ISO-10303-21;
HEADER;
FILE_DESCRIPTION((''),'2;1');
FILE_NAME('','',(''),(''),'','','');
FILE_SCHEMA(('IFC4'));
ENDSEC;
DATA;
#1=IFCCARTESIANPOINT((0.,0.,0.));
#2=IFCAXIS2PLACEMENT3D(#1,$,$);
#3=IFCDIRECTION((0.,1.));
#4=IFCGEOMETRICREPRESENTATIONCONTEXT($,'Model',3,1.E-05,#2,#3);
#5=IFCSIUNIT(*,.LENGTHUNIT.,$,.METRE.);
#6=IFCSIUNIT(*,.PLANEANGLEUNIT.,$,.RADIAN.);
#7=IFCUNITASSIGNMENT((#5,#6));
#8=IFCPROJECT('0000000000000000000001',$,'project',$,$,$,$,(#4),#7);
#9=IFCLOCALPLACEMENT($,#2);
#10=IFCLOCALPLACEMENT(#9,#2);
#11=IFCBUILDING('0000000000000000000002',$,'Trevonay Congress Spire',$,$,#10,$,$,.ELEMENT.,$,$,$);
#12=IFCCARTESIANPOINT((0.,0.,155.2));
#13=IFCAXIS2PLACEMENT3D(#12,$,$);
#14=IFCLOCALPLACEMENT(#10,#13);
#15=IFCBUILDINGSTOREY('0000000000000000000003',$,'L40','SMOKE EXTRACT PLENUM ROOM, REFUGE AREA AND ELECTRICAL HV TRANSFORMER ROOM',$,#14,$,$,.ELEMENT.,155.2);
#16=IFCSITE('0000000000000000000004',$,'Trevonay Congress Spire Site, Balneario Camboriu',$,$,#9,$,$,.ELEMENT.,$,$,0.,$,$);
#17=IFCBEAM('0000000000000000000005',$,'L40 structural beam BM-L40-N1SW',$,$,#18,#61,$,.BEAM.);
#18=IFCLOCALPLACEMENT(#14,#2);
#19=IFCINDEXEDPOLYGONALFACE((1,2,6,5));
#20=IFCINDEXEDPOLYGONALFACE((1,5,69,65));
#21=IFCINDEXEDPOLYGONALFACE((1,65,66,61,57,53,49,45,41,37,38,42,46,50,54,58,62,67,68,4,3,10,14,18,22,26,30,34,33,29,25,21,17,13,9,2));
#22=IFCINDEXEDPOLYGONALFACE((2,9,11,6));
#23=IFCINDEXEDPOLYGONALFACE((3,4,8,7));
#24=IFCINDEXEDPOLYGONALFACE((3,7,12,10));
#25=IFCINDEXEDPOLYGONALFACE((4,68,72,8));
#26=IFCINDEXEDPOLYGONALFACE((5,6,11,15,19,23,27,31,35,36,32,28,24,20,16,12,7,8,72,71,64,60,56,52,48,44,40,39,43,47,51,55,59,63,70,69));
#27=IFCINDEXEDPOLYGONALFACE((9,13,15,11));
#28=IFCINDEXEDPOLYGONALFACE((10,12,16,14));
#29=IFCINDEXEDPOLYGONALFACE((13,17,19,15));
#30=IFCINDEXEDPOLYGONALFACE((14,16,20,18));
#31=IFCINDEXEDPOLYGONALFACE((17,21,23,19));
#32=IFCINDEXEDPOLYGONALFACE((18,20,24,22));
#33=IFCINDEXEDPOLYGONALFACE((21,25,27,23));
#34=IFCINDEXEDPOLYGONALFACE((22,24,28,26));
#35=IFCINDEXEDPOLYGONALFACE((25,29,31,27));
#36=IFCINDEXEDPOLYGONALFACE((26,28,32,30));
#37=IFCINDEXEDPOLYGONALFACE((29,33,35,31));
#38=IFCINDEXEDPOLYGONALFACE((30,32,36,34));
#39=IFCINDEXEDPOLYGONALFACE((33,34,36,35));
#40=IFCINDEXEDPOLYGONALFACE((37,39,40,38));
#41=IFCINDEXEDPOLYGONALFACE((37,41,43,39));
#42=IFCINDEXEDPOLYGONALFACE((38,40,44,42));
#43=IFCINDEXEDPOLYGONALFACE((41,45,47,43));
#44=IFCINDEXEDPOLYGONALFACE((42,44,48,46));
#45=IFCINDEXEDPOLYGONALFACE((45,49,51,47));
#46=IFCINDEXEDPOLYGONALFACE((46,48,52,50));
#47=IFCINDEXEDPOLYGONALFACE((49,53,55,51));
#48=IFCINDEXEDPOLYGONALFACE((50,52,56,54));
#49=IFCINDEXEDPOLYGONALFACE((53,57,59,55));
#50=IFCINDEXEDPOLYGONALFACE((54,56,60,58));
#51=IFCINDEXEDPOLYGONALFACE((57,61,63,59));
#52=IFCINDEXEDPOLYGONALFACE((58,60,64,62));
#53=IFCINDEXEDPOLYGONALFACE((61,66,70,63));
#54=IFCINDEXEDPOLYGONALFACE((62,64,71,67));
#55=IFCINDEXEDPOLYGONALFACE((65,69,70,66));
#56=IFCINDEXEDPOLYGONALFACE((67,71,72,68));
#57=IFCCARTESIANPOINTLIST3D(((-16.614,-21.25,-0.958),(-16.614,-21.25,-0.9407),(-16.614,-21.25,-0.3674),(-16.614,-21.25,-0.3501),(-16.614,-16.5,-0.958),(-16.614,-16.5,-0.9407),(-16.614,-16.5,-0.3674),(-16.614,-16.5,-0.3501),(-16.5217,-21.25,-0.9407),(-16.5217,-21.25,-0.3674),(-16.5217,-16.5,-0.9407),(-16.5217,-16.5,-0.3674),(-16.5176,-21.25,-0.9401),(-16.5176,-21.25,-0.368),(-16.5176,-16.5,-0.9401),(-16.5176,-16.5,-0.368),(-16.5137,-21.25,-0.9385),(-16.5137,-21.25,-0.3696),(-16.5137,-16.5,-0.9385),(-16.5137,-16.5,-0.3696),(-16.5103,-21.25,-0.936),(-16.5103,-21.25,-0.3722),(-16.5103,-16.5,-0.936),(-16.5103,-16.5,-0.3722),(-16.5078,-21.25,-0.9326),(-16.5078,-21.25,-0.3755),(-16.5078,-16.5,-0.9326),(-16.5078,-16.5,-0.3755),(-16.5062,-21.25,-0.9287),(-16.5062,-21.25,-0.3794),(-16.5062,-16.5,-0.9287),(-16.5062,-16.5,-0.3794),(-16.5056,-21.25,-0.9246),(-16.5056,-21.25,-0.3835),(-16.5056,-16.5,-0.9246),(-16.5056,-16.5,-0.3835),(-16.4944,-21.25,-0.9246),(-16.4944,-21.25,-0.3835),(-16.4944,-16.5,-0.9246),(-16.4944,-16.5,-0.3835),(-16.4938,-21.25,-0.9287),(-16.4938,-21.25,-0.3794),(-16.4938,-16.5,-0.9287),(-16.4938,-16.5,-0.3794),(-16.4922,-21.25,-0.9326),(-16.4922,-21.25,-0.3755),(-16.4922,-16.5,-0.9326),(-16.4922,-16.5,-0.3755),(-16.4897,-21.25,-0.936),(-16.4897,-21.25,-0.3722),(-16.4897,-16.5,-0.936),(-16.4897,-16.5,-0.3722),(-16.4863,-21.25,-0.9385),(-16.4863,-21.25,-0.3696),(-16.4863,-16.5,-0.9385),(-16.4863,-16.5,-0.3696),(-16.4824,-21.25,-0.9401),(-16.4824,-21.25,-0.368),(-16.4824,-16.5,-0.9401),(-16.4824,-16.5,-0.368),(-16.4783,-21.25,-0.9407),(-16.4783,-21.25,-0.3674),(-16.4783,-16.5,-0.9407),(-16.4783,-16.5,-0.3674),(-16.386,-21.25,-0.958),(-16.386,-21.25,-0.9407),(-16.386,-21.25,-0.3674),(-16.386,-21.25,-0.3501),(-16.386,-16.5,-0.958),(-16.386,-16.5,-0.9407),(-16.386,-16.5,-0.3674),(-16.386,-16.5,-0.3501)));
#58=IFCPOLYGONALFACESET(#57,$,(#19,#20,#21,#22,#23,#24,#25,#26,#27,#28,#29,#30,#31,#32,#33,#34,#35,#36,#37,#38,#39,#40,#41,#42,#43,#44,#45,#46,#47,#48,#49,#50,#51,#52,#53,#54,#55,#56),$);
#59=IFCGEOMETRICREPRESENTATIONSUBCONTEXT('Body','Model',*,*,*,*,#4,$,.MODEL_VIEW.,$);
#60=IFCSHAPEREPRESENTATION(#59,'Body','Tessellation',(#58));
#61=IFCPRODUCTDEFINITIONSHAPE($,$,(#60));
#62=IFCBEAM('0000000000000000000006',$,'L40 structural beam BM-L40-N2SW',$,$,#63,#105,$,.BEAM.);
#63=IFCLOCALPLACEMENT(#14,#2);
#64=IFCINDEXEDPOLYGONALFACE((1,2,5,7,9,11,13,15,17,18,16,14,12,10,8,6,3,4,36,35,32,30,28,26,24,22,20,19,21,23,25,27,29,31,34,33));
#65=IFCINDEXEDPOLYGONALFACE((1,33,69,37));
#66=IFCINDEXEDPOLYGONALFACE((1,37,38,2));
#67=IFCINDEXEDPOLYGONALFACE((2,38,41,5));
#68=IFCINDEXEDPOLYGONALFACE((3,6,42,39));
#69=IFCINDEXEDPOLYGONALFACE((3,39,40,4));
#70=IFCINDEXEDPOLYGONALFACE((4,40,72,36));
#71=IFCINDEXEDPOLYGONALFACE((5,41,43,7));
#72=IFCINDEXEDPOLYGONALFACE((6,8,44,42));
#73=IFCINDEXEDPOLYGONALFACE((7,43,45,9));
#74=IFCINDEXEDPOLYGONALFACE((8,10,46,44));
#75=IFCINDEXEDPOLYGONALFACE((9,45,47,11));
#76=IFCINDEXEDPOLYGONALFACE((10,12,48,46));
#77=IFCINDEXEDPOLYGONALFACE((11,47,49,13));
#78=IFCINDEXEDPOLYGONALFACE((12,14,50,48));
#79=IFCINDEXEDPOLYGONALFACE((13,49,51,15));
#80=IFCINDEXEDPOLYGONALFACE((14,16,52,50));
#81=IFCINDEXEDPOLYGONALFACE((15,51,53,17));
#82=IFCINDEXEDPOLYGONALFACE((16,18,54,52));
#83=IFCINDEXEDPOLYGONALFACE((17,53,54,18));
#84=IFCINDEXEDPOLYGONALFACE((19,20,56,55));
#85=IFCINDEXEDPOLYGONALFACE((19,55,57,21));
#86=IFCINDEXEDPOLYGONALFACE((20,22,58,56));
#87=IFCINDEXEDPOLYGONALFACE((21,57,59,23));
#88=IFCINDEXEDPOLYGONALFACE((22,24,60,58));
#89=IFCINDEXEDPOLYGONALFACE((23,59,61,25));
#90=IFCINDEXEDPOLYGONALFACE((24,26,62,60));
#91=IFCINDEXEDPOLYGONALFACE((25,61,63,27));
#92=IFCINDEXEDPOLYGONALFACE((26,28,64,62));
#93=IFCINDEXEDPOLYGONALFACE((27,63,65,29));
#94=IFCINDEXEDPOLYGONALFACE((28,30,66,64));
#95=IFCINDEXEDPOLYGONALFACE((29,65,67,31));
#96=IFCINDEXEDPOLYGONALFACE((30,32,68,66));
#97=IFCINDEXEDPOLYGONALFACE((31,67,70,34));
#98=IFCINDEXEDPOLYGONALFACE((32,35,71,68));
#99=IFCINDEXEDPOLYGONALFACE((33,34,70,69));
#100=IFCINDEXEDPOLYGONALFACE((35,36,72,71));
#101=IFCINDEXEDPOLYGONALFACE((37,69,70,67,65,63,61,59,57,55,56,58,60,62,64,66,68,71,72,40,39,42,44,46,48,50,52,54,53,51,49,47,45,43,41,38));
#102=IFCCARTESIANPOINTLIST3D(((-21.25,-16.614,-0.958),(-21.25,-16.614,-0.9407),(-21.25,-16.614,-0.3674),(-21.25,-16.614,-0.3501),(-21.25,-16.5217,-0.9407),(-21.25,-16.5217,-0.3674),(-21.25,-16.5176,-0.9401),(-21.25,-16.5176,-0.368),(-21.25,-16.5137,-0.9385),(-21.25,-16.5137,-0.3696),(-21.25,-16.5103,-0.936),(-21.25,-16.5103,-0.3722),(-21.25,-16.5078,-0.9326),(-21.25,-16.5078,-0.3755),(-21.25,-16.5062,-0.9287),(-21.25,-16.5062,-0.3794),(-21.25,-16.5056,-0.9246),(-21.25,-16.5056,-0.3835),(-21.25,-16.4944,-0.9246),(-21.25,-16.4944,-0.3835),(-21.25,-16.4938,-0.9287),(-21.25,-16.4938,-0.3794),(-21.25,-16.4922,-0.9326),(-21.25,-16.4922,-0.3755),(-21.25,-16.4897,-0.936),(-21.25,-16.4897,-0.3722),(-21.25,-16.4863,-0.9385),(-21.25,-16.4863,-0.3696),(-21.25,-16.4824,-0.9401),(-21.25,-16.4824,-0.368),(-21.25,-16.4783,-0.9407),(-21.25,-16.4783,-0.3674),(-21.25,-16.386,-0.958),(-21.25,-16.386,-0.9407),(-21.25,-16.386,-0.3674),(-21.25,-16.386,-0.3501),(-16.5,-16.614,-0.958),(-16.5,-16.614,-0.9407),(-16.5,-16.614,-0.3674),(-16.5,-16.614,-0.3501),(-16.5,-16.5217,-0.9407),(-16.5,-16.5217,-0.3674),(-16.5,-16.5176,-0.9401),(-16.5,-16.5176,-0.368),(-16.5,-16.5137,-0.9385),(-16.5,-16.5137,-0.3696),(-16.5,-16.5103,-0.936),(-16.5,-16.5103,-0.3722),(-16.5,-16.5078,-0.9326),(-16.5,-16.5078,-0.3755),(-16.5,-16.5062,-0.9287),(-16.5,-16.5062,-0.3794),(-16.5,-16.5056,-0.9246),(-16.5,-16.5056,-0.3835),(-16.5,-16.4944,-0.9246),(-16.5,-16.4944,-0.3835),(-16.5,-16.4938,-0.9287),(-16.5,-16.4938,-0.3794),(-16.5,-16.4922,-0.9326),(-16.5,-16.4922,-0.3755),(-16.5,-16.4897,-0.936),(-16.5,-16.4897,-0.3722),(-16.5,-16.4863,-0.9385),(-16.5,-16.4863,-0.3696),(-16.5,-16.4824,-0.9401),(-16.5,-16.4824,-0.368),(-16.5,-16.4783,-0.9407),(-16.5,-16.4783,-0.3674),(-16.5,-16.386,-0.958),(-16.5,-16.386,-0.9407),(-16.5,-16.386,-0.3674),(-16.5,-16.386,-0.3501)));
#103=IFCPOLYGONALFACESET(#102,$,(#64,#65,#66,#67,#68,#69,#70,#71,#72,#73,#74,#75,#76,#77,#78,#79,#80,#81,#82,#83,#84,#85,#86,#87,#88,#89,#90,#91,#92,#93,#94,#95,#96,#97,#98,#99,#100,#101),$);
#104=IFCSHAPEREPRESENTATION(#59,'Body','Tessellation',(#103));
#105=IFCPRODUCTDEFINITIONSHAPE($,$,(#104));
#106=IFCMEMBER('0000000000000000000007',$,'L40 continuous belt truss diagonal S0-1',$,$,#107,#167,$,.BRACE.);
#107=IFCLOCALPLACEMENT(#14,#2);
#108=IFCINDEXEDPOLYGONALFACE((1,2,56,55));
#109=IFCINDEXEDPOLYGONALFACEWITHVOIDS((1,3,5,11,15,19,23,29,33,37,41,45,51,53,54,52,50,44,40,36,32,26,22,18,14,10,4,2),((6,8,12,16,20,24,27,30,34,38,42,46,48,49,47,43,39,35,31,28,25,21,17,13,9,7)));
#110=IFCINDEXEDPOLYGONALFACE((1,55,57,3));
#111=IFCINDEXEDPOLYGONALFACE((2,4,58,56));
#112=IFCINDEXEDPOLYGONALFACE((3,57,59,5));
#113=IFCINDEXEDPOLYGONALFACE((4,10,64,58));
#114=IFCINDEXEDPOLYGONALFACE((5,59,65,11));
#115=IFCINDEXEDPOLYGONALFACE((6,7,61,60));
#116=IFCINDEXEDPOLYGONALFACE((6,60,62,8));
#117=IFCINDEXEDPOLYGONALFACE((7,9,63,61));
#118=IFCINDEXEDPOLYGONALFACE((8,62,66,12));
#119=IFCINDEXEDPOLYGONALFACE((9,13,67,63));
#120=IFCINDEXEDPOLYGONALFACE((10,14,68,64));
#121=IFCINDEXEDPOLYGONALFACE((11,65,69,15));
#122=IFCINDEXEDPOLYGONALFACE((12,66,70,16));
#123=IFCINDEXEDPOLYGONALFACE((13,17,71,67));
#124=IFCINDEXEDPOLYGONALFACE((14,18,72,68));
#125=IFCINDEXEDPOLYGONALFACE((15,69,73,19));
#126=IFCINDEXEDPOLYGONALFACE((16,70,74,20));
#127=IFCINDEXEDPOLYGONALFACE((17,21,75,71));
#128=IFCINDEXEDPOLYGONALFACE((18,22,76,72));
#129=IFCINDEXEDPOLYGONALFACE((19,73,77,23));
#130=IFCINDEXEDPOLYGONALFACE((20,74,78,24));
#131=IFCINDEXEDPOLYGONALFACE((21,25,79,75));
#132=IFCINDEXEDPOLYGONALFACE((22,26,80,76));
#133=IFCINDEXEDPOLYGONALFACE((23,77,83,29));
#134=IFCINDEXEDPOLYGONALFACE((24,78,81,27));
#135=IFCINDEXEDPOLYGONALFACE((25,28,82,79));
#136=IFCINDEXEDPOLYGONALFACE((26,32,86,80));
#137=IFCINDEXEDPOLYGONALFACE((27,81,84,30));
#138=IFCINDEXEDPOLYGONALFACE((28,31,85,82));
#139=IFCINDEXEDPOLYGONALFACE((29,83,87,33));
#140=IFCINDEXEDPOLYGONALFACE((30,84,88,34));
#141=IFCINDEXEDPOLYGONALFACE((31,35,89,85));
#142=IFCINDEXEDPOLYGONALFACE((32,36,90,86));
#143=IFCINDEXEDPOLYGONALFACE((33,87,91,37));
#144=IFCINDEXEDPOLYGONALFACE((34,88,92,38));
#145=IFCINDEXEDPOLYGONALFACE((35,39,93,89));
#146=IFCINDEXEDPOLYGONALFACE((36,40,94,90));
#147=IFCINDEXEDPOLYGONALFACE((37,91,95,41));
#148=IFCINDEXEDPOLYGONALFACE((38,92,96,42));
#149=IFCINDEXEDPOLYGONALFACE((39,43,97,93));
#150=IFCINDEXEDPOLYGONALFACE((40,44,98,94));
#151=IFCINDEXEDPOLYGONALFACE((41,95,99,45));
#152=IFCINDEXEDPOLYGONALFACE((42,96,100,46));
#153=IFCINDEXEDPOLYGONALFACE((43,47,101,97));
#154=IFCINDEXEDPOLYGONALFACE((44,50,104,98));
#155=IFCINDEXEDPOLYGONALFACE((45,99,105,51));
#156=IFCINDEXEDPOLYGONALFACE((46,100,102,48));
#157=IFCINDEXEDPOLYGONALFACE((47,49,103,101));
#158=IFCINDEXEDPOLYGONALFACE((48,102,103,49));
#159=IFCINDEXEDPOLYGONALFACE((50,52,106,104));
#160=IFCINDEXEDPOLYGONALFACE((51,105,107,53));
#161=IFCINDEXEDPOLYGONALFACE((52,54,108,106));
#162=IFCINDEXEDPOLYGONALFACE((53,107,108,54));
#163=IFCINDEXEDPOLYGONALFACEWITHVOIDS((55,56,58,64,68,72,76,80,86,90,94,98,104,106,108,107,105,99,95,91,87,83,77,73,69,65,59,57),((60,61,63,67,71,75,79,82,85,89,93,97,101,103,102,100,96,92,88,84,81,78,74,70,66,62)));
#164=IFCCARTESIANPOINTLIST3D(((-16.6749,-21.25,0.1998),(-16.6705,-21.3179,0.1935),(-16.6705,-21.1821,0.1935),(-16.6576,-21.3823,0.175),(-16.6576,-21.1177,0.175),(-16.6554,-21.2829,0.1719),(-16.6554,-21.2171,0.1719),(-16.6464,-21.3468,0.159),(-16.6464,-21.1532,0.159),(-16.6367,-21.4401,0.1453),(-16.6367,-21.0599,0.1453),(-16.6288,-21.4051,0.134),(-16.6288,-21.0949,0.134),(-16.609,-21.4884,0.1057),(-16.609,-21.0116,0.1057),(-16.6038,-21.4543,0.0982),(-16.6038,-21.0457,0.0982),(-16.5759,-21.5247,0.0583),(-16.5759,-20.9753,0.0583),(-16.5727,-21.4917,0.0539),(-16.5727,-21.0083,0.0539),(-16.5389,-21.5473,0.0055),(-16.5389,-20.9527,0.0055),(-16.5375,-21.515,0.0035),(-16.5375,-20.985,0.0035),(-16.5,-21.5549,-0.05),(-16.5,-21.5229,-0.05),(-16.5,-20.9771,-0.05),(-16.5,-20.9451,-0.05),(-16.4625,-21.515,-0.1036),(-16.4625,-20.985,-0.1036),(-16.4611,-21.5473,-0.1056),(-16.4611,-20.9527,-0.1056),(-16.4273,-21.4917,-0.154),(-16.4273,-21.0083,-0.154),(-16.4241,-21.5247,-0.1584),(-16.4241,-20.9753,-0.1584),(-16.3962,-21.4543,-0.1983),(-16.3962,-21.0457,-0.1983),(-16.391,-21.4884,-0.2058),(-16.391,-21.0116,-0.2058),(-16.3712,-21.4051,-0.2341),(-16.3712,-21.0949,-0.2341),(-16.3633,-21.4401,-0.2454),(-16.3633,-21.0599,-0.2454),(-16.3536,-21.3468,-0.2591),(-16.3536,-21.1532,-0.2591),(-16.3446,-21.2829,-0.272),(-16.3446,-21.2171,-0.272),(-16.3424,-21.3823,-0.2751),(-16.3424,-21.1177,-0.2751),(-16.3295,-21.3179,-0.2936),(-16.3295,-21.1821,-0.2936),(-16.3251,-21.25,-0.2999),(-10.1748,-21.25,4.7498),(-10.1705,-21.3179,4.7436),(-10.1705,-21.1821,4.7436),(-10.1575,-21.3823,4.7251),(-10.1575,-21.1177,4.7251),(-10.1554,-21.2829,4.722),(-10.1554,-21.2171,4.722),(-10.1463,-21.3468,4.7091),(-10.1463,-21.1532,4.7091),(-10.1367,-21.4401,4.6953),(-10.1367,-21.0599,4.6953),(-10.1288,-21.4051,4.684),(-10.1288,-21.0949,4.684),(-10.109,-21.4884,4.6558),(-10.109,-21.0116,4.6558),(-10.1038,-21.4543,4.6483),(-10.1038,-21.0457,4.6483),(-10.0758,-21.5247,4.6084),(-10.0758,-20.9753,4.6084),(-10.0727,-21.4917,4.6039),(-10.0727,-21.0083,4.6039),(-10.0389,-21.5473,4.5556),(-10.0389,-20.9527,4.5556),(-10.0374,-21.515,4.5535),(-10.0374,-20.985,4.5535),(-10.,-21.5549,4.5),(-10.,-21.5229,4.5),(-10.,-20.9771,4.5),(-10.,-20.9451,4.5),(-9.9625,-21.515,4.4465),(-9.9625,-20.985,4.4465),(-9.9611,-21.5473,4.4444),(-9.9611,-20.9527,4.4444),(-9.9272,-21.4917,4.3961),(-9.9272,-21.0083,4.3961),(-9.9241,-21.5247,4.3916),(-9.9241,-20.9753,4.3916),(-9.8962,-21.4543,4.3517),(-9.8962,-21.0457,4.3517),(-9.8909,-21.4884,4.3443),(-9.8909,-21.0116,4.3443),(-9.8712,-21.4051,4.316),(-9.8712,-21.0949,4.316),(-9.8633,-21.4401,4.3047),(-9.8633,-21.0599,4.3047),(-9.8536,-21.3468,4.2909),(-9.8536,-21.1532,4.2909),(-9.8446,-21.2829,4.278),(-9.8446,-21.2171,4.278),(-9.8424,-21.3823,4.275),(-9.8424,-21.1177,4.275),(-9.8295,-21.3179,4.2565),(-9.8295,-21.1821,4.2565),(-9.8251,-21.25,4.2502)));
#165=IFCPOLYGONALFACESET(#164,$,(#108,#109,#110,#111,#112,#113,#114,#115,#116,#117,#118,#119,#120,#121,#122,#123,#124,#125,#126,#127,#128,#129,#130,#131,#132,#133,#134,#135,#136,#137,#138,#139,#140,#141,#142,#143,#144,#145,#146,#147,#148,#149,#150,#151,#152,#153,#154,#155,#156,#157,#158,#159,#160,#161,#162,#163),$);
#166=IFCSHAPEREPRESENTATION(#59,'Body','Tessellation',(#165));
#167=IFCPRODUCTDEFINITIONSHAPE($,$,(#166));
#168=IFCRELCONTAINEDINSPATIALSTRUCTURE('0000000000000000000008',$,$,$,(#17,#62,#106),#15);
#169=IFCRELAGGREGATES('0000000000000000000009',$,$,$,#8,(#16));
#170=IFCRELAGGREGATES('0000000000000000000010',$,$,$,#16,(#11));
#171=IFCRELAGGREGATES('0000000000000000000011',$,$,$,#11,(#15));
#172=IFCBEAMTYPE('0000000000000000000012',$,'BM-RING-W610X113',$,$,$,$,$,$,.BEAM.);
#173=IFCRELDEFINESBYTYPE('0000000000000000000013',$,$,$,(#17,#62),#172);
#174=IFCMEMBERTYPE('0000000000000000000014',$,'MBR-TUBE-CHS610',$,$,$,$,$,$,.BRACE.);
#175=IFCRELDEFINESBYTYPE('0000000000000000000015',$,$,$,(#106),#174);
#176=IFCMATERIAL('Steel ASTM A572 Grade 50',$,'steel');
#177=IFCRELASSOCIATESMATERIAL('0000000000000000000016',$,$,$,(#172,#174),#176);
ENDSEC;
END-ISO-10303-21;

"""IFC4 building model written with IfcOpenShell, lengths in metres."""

from ifc_helpers import new_model, si_unit, direction, frame, origin, origin_2d, place, context, subcontext, project, spatial, hollow_circle, i_section, extrude, material, material_profile, profile_set, type_object, element, save


model = new_model("IFC4")

# Units and contexts
model_context = context("Model", 3, precision=1e-05, world=origin(), true_north=direction((0.0, 1.0)))
body_context = subcontext(model_context, "Body", "Model", "MODEL_VIEW")
ifc_project = project(units=[si_unit("LENGTHUNIT", "METRE"), si_unit("PLANEANGLEUNIT", "RADIAN")], contexts=[model_context])

# Site, building, storey
site_placement = place(None, origin())
site = spatial("IfcSite", under=ifc_project, at=site_placement, Name="Trevonay Congress Spire Site, Balneario Camboriu", CompositionType="ELEMENT", RefElevation=0.0)
building_placement = place(site_placement, origin())
building = spatial("IfcBuilding", under=site, at=building_placement, Name="Trevonay Congress Spire", CompositionType="ELEMENT")
storey_placement = place(building_placement, frame((0.0, 0.0, 155.2)))
storey = spatial("IfcBuildingStorey", under=building, at=storey_placement, Name="L40", Description="SMOKE EXTRACT PLENUM ROOM, REFUGE AREA AND ELECTRICAL HV TRANSFORMER ROOM", CompositionType="ELEMENT", Elevation=155.2)

# Shared definitions
ifc_material_1 = material(Name="Steel ASTM A572 Grade 50", Category="steel")

# Beams
ifc_material_profile_1 = material_profile(ifc_material_1, i_section(OverallWidth=0.228, OverallDepth=0.6079, WebThickness=0.0112, FlangeThickness=0.0173, FilletRadius=0.0161, at=origin_2d()), Name="W610x113")
ifc_profile_set_1 = profile_set([ifc_material_profile_1], Name="Steel ASTM A572 Grade 50")
beam_type = type_object("IfcBeamType", Name="BM-RING-W610X113", PredefinedType="BEAM", material=ifc_profile_set_1)
for number, where, z_axis, x_axis, name in (
    (1, (-16.5, -21.25, -0.6541), (0.0, 1.0, 0.0), (-1.0, 0.0, 0.0), "L40 structural beam BM-L40-N1SW"),
    (2, (-21.25, -16.5, -0.6541), (1.0, 0.0, 0.0), (0.0, 1.0, 0.0), "L40 structural beam BM-L40-N2SW"),
):
    element("IfcBeam", number, at=place(storey_placement, frame(where, z_axis=z_axis, x_axis=x_axis)), inside=storey, type_object=beam_type, Name=name, PredefinedType="BEAM", context=body_context, shape_type="SweptSolid", body=[
        extrude(i_section(OverallWidth=0.228, OverallDepth=0.6079, WebThickness=0.0112, FlangeThickness=0.0173, FilletRadius=0.0161, at=origin_2d()), origin(), (0.0, 0.0, 1.0), 4.75),
    ])

# Member
ifc_material_profile_2 = material_profile(ifc_material_1, hollow_circle(Radius=0.3049, WallThickness=0.032, at=origin_2d()), Name="CHS 610x32")
ifc_profile_set_2 = profile_set([ifc_material_profile_2], Name="Steel ASTM A572 Grade 50")
member_type = type_object("IfcMemberType", Name="MBR-TUBE-CHS610", PredefinedType="BRACE", material=ifc_profile_set_2)
member_1_placement = place(storey_placement, frame((-16.5, -21.25, -0.05), z_axis=(0.819229, 0.0, 0.573466), x_axis=(0.0, 1.0, 0.0)))
element("IfcMember", 3, at=member_1_placement, inside=storey, type_object=member_type, Name="L40 continuous belt truss diagonal S0-1", PredefinedType="BRACE", context=body_context, shape_type="SweptSolid", body=[
    extrude(hollow_circle(Radius=0.3049, WallThickness=0.032, at=origin_2d()), origin(), (0.0, 0.0, 1.0), 7.9343),
])

save(model, "model.ifc")
